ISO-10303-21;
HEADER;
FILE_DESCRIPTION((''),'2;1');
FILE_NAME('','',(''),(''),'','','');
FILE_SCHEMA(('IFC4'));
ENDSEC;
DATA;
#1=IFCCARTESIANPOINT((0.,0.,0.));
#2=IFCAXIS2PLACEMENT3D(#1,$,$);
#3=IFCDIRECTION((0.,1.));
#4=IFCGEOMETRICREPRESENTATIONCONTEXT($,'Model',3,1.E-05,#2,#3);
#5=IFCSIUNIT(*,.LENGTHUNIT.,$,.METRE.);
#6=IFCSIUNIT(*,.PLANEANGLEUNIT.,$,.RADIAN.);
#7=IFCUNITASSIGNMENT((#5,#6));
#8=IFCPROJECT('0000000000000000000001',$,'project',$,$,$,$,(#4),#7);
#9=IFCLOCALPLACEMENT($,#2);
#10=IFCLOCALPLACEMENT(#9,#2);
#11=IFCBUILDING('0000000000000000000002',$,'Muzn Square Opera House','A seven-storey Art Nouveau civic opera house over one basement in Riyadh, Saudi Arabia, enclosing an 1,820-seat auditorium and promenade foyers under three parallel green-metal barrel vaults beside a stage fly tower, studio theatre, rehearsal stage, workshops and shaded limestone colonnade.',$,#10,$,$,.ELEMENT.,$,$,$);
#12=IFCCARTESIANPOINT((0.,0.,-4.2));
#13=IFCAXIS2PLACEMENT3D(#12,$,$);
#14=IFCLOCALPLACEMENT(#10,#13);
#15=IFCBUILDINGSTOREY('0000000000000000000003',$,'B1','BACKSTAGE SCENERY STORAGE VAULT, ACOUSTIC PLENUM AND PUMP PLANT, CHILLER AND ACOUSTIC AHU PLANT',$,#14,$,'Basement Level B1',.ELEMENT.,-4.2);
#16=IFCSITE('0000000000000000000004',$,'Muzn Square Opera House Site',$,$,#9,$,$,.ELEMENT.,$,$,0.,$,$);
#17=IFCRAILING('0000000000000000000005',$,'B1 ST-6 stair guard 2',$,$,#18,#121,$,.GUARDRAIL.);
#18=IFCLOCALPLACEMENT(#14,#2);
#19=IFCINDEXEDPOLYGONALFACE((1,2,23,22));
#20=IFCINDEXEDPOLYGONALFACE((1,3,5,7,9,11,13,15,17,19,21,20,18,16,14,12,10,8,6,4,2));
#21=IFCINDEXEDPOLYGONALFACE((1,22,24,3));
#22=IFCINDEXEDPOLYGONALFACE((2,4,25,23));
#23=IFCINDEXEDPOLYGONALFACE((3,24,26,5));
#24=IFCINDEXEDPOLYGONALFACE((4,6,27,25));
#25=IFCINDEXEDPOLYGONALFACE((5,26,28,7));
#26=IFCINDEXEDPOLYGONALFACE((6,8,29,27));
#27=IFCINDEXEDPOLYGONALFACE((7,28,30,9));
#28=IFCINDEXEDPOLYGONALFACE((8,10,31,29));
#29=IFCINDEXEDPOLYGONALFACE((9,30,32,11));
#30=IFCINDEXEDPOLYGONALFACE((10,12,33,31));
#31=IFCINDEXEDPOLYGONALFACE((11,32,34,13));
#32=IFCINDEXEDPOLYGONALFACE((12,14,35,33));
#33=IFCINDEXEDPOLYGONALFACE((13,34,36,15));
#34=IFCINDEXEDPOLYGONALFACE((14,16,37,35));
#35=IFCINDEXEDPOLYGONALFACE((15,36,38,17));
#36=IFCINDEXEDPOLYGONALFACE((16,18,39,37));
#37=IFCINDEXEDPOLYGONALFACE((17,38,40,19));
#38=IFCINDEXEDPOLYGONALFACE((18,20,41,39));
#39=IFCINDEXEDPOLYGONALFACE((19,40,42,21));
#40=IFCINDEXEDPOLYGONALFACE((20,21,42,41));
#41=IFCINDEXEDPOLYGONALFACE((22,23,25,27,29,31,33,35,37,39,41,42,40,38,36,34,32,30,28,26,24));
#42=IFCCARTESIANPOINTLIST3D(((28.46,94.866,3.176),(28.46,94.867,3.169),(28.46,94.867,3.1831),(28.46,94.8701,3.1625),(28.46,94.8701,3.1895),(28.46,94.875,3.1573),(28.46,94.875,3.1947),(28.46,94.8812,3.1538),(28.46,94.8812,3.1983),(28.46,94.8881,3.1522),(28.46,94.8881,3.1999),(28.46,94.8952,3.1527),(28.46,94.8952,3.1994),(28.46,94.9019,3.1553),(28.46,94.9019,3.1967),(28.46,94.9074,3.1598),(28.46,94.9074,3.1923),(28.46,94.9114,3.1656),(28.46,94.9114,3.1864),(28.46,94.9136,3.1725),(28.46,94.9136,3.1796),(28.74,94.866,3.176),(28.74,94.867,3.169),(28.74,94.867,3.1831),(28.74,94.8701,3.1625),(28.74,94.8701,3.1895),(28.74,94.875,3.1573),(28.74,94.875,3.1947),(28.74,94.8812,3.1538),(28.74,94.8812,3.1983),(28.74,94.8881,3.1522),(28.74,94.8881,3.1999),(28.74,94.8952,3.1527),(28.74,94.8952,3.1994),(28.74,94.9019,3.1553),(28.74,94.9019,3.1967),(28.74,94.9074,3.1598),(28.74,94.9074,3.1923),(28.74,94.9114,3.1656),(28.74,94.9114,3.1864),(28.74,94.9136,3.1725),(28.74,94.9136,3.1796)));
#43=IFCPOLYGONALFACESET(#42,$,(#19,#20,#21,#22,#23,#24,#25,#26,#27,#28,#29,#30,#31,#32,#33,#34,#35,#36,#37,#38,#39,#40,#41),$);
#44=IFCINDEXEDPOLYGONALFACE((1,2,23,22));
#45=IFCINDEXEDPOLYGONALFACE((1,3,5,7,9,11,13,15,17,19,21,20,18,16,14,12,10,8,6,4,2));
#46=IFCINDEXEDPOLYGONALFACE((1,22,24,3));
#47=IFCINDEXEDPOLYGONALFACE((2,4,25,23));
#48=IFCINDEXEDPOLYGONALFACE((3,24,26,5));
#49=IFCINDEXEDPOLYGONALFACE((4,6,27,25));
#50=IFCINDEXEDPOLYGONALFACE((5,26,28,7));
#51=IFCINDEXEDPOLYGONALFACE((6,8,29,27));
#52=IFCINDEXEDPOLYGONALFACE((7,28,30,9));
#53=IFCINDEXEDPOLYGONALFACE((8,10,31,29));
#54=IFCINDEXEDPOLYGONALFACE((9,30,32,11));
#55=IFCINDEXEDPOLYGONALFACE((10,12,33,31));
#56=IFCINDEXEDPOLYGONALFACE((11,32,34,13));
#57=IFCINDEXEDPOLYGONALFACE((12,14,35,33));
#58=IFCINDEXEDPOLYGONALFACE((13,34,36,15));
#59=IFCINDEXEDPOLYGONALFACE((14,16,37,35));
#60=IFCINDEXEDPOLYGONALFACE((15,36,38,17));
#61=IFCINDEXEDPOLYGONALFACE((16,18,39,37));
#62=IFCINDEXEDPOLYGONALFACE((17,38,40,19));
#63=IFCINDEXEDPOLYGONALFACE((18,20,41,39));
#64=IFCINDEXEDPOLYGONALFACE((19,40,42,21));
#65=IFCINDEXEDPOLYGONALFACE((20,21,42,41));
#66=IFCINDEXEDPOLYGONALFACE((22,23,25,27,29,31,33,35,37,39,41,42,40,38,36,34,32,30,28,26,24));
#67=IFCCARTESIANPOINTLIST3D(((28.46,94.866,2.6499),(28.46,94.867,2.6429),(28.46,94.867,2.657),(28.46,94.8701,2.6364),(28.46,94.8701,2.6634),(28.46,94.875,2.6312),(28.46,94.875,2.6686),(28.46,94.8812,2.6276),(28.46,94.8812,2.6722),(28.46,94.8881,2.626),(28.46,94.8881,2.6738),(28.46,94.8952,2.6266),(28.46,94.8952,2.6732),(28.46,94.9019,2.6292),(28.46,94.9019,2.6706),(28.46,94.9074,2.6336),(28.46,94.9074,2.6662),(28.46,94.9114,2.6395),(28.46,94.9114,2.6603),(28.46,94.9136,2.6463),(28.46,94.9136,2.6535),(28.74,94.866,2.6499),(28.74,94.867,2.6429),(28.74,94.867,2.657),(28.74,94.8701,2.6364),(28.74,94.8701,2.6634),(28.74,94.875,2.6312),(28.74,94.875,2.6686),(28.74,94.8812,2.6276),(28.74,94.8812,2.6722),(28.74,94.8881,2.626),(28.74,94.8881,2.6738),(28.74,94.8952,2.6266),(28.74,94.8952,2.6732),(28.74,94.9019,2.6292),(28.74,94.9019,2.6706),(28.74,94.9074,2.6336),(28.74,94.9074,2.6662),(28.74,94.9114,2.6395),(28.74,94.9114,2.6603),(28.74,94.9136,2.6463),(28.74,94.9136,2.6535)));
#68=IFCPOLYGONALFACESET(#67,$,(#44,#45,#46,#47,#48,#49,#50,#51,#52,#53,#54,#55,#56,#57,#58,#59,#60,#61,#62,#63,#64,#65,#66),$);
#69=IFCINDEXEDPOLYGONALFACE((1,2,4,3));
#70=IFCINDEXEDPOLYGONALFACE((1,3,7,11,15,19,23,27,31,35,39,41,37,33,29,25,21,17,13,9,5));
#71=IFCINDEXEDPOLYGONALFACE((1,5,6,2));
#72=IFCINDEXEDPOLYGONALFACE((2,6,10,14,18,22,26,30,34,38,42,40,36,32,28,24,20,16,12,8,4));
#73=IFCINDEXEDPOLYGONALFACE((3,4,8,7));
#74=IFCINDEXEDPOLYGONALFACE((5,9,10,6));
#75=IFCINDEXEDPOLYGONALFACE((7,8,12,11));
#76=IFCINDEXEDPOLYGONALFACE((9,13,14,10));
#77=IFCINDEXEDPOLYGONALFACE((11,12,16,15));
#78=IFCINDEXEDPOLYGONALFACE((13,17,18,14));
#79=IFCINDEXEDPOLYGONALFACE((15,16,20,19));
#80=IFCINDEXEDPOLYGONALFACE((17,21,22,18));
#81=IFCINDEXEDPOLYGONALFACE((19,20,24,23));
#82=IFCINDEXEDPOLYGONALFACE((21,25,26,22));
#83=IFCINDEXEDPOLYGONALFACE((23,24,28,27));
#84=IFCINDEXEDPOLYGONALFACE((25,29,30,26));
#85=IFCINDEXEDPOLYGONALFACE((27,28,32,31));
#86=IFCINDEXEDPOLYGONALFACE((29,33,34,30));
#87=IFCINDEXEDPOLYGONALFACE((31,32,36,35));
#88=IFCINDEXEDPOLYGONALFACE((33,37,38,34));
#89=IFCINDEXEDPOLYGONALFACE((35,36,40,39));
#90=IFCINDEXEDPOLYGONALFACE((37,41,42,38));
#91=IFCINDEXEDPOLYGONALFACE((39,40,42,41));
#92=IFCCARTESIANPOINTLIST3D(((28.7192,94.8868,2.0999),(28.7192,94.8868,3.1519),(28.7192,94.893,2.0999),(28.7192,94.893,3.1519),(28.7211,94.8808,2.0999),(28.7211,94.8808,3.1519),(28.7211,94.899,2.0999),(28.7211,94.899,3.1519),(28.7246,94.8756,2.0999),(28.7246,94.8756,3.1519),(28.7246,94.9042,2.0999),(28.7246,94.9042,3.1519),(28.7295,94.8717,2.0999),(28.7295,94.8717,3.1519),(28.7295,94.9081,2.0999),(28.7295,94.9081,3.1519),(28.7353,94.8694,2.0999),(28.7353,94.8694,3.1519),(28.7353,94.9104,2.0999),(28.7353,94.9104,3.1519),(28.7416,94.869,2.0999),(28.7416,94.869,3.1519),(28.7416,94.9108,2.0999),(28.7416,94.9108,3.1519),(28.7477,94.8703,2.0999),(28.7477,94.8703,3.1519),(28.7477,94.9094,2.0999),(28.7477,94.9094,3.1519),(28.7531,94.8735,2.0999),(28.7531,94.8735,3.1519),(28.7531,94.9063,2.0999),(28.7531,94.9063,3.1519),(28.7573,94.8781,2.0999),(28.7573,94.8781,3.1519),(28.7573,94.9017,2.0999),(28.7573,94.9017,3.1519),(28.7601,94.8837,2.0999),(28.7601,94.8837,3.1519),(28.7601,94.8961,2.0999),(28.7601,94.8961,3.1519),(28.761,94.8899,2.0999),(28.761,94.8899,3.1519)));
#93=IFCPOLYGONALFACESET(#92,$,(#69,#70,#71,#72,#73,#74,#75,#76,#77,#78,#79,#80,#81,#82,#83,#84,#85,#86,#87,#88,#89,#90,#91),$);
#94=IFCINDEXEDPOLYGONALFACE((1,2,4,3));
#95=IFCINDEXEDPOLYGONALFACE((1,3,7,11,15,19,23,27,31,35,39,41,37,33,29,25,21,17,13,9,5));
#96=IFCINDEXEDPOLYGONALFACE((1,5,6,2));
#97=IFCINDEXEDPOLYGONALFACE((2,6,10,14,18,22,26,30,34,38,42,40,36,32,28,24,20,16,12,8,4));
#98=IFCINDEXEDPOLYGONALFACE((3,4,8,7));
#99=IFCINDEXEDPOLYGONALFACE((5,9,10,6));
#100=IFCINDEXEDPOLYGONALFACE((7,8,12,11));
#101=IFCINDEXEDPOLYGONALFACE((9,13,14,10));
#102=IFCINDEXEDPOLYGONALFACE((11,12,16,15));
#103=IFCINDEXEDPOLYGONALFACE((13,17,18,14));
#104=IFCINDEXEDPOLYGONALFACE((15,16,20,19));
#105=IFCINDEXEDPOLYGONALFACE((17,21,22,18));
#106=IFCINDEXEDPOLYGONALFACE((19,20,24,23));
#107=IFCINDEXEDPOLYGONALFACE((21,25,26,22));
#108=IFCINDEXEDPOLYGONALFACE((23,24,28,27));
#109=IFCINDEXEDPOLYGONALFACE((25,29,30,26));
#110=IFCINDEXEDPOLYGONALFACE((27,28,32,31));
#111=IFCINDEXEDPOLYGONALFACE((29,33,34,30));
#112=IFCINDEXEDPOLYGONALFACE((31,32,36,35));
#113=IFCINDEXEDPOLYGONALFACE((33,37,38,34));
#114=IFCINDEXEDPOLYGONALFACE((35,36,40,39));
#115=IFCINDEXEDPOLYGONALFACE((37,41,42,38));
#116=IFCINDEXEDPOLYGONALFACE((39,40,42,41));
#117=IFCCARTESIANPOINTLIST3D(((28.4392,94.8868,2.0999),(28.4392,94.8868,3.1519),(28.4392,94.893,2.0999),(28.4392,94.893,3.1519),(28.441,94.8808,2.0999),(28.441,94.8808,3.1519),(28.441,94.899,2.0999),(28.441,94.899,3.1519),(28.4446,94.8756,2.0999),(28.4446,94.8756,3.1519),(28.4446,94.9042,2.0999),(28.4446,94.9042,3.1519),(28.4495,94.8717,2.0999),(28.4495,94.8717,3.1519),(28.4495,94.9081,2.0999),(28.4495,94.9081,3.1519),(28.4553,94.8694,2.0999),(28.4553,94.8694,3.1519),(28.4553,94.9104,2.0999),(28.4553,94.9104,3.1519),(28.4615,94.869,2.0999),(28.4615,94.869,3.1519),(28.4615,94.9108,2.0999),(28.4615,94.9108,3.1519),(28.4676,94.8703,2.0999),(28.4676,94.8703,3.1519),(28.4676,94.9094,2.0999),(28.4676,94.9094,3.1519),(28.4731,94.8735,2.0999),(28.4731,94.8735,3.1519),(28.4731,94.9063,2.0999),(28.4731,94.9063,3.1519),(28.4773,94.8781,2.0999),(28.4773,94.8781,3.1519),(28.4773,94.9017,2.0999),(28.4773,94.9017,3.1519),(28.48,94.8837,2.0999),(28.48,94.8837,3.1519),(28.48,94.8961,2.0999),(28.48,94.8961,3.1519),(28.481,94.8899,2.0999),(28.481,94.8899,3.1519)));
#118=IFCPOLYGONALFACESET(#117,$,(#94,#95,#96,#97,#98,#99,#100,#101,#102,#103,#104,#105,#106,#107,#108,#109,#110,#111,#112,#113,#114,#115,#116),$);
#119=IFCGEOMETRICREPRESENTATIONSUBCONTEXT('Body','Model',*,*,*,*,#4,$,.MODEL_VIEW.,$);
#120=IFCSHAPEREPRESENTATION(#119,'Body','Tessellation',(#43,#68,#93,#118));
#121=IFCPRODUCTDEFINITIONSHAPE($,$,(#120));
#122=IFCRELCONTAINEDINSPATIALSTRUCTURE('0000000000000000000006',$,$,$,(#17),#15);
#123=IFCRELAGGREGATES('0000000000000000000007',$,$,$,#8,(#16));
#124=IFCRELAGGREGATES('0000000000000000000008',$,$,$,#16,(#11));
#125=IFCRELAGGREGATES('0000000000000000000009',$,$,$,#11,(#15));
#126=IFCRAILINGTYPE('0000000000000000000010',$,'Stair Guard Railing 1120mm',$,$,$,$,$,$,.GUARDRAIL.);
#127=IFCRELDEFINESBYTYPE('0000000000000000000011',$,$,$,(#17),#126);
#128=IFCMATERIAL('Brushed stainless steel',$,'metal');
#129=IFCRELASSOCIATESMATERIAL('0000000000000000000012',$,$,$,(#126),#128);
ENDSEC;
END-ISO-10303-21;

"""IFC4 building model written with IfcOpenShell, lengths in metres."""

from ifc_helpers import new_model, si_unit, direction, frame, origin, origin_2d, place, context, subcontext, project, spatial, circle, extrude, material, type_object, element, save


model = new_model("IFC4")

# Units and contexts
model_context = context("Model", 3, precision=1e-05, world=origin(), true_north=direction((0.0, 1.0)))
body_context = subcontext(model_context, "Body", "Model", "MODEL_VIEW")
ifc_project = project(units=[si_unit("LENGTHUNIT", "METRE"), si_unit("PLANEANGLEUNIT", "RADIAN")], contexts=[model_context])

# Site, building, storey
site_placement = place(None, origin())
site = spatial("IfcSite", under=ifc_project, at=site_placement, Name="Muzn Square Opera House Site", CompositionType="ELEMENT", RefElevation=0.0)
building_placement = place(site_placement, origin())
building = spatial("IfcBuilding", under=site, at=building_placement, Name="Muzn Square Opera House", Description="A seven-storey Art Nouveau civic opera house over one basement in Riyadh, Saudi Arabia, enclosing an 1,820-seat auditorium and promenade foyers under three parallel green-metal barrel vaults beside a stage fly tower, studio theatre, rehearsal stage, workshops and shaded limestone colonnade.", CompositionType="ELEMENT")
storey_placement = place(building_placement, frame((0.0, 0.0, -4.2)))
storey = spatial("IfcBuildingStorey", under=building, at=storey_placement, Name="B1", Description="BACKSTAGE SCENERY STORAGE VAULT, ACOUSTIC PLENUM AND PUMP PLANT, CHILLER AND ACOUSTIC AHU PLANT", LongName="Basement Level B1", CompositionType="ELEMENT", Elevation=-4.2)

# Railing
ifc_material_1 = material(Name="Brushed stainless steel", Category="metal")
railing_type_1 = type_object("IfcRailingType", Name="Stair Guard Railing 1120mm", PredefinedType="GUARDRAIL", material=ifc_material_1)
railing_1_placement = place(storey_placement, frame((28.74, 94.8899, 2.0999)))
element("IfcRailing", 1, at=railing_1_placement, inside=storey, type_object=railing_type_1, Name="B1 ST-6 stair guard 2", PredefinedType="GUARDRAIL", context=body_context, shape_type="SweptSolid", body=[
    extrude(circle(Radius=0.0239, at=origin_2d()), frame((0.0, 0.0, 1.0762), z_axis=(-1.0, 0.0, 0.0), x_axis=(0.0, -1.0, 0.0)), (0.0, 0.0, 1.0), 0.28),
    extrude(circle(Radius=0.0239, at=origin_2d()), frame((0.0, 0.0, 0.55), z_axis=(-1.0, 0.0, 0.0), x_axis=(0.0, -1.0, 0.0)), (0.0, 0.0, 1.0), 0.28),
    extrude(circle(Radius=0.021, at=origin_2d()), origin(), (0.0, 0.0, 1.0), 1.052),
    extrude(circle(Radius=0.021, at=origin_2d()), frame((-0.28, 0.0, 0.0)), (0.0, 0.0, 1.0), 1.052),
])

save(model, "model.ifc")
